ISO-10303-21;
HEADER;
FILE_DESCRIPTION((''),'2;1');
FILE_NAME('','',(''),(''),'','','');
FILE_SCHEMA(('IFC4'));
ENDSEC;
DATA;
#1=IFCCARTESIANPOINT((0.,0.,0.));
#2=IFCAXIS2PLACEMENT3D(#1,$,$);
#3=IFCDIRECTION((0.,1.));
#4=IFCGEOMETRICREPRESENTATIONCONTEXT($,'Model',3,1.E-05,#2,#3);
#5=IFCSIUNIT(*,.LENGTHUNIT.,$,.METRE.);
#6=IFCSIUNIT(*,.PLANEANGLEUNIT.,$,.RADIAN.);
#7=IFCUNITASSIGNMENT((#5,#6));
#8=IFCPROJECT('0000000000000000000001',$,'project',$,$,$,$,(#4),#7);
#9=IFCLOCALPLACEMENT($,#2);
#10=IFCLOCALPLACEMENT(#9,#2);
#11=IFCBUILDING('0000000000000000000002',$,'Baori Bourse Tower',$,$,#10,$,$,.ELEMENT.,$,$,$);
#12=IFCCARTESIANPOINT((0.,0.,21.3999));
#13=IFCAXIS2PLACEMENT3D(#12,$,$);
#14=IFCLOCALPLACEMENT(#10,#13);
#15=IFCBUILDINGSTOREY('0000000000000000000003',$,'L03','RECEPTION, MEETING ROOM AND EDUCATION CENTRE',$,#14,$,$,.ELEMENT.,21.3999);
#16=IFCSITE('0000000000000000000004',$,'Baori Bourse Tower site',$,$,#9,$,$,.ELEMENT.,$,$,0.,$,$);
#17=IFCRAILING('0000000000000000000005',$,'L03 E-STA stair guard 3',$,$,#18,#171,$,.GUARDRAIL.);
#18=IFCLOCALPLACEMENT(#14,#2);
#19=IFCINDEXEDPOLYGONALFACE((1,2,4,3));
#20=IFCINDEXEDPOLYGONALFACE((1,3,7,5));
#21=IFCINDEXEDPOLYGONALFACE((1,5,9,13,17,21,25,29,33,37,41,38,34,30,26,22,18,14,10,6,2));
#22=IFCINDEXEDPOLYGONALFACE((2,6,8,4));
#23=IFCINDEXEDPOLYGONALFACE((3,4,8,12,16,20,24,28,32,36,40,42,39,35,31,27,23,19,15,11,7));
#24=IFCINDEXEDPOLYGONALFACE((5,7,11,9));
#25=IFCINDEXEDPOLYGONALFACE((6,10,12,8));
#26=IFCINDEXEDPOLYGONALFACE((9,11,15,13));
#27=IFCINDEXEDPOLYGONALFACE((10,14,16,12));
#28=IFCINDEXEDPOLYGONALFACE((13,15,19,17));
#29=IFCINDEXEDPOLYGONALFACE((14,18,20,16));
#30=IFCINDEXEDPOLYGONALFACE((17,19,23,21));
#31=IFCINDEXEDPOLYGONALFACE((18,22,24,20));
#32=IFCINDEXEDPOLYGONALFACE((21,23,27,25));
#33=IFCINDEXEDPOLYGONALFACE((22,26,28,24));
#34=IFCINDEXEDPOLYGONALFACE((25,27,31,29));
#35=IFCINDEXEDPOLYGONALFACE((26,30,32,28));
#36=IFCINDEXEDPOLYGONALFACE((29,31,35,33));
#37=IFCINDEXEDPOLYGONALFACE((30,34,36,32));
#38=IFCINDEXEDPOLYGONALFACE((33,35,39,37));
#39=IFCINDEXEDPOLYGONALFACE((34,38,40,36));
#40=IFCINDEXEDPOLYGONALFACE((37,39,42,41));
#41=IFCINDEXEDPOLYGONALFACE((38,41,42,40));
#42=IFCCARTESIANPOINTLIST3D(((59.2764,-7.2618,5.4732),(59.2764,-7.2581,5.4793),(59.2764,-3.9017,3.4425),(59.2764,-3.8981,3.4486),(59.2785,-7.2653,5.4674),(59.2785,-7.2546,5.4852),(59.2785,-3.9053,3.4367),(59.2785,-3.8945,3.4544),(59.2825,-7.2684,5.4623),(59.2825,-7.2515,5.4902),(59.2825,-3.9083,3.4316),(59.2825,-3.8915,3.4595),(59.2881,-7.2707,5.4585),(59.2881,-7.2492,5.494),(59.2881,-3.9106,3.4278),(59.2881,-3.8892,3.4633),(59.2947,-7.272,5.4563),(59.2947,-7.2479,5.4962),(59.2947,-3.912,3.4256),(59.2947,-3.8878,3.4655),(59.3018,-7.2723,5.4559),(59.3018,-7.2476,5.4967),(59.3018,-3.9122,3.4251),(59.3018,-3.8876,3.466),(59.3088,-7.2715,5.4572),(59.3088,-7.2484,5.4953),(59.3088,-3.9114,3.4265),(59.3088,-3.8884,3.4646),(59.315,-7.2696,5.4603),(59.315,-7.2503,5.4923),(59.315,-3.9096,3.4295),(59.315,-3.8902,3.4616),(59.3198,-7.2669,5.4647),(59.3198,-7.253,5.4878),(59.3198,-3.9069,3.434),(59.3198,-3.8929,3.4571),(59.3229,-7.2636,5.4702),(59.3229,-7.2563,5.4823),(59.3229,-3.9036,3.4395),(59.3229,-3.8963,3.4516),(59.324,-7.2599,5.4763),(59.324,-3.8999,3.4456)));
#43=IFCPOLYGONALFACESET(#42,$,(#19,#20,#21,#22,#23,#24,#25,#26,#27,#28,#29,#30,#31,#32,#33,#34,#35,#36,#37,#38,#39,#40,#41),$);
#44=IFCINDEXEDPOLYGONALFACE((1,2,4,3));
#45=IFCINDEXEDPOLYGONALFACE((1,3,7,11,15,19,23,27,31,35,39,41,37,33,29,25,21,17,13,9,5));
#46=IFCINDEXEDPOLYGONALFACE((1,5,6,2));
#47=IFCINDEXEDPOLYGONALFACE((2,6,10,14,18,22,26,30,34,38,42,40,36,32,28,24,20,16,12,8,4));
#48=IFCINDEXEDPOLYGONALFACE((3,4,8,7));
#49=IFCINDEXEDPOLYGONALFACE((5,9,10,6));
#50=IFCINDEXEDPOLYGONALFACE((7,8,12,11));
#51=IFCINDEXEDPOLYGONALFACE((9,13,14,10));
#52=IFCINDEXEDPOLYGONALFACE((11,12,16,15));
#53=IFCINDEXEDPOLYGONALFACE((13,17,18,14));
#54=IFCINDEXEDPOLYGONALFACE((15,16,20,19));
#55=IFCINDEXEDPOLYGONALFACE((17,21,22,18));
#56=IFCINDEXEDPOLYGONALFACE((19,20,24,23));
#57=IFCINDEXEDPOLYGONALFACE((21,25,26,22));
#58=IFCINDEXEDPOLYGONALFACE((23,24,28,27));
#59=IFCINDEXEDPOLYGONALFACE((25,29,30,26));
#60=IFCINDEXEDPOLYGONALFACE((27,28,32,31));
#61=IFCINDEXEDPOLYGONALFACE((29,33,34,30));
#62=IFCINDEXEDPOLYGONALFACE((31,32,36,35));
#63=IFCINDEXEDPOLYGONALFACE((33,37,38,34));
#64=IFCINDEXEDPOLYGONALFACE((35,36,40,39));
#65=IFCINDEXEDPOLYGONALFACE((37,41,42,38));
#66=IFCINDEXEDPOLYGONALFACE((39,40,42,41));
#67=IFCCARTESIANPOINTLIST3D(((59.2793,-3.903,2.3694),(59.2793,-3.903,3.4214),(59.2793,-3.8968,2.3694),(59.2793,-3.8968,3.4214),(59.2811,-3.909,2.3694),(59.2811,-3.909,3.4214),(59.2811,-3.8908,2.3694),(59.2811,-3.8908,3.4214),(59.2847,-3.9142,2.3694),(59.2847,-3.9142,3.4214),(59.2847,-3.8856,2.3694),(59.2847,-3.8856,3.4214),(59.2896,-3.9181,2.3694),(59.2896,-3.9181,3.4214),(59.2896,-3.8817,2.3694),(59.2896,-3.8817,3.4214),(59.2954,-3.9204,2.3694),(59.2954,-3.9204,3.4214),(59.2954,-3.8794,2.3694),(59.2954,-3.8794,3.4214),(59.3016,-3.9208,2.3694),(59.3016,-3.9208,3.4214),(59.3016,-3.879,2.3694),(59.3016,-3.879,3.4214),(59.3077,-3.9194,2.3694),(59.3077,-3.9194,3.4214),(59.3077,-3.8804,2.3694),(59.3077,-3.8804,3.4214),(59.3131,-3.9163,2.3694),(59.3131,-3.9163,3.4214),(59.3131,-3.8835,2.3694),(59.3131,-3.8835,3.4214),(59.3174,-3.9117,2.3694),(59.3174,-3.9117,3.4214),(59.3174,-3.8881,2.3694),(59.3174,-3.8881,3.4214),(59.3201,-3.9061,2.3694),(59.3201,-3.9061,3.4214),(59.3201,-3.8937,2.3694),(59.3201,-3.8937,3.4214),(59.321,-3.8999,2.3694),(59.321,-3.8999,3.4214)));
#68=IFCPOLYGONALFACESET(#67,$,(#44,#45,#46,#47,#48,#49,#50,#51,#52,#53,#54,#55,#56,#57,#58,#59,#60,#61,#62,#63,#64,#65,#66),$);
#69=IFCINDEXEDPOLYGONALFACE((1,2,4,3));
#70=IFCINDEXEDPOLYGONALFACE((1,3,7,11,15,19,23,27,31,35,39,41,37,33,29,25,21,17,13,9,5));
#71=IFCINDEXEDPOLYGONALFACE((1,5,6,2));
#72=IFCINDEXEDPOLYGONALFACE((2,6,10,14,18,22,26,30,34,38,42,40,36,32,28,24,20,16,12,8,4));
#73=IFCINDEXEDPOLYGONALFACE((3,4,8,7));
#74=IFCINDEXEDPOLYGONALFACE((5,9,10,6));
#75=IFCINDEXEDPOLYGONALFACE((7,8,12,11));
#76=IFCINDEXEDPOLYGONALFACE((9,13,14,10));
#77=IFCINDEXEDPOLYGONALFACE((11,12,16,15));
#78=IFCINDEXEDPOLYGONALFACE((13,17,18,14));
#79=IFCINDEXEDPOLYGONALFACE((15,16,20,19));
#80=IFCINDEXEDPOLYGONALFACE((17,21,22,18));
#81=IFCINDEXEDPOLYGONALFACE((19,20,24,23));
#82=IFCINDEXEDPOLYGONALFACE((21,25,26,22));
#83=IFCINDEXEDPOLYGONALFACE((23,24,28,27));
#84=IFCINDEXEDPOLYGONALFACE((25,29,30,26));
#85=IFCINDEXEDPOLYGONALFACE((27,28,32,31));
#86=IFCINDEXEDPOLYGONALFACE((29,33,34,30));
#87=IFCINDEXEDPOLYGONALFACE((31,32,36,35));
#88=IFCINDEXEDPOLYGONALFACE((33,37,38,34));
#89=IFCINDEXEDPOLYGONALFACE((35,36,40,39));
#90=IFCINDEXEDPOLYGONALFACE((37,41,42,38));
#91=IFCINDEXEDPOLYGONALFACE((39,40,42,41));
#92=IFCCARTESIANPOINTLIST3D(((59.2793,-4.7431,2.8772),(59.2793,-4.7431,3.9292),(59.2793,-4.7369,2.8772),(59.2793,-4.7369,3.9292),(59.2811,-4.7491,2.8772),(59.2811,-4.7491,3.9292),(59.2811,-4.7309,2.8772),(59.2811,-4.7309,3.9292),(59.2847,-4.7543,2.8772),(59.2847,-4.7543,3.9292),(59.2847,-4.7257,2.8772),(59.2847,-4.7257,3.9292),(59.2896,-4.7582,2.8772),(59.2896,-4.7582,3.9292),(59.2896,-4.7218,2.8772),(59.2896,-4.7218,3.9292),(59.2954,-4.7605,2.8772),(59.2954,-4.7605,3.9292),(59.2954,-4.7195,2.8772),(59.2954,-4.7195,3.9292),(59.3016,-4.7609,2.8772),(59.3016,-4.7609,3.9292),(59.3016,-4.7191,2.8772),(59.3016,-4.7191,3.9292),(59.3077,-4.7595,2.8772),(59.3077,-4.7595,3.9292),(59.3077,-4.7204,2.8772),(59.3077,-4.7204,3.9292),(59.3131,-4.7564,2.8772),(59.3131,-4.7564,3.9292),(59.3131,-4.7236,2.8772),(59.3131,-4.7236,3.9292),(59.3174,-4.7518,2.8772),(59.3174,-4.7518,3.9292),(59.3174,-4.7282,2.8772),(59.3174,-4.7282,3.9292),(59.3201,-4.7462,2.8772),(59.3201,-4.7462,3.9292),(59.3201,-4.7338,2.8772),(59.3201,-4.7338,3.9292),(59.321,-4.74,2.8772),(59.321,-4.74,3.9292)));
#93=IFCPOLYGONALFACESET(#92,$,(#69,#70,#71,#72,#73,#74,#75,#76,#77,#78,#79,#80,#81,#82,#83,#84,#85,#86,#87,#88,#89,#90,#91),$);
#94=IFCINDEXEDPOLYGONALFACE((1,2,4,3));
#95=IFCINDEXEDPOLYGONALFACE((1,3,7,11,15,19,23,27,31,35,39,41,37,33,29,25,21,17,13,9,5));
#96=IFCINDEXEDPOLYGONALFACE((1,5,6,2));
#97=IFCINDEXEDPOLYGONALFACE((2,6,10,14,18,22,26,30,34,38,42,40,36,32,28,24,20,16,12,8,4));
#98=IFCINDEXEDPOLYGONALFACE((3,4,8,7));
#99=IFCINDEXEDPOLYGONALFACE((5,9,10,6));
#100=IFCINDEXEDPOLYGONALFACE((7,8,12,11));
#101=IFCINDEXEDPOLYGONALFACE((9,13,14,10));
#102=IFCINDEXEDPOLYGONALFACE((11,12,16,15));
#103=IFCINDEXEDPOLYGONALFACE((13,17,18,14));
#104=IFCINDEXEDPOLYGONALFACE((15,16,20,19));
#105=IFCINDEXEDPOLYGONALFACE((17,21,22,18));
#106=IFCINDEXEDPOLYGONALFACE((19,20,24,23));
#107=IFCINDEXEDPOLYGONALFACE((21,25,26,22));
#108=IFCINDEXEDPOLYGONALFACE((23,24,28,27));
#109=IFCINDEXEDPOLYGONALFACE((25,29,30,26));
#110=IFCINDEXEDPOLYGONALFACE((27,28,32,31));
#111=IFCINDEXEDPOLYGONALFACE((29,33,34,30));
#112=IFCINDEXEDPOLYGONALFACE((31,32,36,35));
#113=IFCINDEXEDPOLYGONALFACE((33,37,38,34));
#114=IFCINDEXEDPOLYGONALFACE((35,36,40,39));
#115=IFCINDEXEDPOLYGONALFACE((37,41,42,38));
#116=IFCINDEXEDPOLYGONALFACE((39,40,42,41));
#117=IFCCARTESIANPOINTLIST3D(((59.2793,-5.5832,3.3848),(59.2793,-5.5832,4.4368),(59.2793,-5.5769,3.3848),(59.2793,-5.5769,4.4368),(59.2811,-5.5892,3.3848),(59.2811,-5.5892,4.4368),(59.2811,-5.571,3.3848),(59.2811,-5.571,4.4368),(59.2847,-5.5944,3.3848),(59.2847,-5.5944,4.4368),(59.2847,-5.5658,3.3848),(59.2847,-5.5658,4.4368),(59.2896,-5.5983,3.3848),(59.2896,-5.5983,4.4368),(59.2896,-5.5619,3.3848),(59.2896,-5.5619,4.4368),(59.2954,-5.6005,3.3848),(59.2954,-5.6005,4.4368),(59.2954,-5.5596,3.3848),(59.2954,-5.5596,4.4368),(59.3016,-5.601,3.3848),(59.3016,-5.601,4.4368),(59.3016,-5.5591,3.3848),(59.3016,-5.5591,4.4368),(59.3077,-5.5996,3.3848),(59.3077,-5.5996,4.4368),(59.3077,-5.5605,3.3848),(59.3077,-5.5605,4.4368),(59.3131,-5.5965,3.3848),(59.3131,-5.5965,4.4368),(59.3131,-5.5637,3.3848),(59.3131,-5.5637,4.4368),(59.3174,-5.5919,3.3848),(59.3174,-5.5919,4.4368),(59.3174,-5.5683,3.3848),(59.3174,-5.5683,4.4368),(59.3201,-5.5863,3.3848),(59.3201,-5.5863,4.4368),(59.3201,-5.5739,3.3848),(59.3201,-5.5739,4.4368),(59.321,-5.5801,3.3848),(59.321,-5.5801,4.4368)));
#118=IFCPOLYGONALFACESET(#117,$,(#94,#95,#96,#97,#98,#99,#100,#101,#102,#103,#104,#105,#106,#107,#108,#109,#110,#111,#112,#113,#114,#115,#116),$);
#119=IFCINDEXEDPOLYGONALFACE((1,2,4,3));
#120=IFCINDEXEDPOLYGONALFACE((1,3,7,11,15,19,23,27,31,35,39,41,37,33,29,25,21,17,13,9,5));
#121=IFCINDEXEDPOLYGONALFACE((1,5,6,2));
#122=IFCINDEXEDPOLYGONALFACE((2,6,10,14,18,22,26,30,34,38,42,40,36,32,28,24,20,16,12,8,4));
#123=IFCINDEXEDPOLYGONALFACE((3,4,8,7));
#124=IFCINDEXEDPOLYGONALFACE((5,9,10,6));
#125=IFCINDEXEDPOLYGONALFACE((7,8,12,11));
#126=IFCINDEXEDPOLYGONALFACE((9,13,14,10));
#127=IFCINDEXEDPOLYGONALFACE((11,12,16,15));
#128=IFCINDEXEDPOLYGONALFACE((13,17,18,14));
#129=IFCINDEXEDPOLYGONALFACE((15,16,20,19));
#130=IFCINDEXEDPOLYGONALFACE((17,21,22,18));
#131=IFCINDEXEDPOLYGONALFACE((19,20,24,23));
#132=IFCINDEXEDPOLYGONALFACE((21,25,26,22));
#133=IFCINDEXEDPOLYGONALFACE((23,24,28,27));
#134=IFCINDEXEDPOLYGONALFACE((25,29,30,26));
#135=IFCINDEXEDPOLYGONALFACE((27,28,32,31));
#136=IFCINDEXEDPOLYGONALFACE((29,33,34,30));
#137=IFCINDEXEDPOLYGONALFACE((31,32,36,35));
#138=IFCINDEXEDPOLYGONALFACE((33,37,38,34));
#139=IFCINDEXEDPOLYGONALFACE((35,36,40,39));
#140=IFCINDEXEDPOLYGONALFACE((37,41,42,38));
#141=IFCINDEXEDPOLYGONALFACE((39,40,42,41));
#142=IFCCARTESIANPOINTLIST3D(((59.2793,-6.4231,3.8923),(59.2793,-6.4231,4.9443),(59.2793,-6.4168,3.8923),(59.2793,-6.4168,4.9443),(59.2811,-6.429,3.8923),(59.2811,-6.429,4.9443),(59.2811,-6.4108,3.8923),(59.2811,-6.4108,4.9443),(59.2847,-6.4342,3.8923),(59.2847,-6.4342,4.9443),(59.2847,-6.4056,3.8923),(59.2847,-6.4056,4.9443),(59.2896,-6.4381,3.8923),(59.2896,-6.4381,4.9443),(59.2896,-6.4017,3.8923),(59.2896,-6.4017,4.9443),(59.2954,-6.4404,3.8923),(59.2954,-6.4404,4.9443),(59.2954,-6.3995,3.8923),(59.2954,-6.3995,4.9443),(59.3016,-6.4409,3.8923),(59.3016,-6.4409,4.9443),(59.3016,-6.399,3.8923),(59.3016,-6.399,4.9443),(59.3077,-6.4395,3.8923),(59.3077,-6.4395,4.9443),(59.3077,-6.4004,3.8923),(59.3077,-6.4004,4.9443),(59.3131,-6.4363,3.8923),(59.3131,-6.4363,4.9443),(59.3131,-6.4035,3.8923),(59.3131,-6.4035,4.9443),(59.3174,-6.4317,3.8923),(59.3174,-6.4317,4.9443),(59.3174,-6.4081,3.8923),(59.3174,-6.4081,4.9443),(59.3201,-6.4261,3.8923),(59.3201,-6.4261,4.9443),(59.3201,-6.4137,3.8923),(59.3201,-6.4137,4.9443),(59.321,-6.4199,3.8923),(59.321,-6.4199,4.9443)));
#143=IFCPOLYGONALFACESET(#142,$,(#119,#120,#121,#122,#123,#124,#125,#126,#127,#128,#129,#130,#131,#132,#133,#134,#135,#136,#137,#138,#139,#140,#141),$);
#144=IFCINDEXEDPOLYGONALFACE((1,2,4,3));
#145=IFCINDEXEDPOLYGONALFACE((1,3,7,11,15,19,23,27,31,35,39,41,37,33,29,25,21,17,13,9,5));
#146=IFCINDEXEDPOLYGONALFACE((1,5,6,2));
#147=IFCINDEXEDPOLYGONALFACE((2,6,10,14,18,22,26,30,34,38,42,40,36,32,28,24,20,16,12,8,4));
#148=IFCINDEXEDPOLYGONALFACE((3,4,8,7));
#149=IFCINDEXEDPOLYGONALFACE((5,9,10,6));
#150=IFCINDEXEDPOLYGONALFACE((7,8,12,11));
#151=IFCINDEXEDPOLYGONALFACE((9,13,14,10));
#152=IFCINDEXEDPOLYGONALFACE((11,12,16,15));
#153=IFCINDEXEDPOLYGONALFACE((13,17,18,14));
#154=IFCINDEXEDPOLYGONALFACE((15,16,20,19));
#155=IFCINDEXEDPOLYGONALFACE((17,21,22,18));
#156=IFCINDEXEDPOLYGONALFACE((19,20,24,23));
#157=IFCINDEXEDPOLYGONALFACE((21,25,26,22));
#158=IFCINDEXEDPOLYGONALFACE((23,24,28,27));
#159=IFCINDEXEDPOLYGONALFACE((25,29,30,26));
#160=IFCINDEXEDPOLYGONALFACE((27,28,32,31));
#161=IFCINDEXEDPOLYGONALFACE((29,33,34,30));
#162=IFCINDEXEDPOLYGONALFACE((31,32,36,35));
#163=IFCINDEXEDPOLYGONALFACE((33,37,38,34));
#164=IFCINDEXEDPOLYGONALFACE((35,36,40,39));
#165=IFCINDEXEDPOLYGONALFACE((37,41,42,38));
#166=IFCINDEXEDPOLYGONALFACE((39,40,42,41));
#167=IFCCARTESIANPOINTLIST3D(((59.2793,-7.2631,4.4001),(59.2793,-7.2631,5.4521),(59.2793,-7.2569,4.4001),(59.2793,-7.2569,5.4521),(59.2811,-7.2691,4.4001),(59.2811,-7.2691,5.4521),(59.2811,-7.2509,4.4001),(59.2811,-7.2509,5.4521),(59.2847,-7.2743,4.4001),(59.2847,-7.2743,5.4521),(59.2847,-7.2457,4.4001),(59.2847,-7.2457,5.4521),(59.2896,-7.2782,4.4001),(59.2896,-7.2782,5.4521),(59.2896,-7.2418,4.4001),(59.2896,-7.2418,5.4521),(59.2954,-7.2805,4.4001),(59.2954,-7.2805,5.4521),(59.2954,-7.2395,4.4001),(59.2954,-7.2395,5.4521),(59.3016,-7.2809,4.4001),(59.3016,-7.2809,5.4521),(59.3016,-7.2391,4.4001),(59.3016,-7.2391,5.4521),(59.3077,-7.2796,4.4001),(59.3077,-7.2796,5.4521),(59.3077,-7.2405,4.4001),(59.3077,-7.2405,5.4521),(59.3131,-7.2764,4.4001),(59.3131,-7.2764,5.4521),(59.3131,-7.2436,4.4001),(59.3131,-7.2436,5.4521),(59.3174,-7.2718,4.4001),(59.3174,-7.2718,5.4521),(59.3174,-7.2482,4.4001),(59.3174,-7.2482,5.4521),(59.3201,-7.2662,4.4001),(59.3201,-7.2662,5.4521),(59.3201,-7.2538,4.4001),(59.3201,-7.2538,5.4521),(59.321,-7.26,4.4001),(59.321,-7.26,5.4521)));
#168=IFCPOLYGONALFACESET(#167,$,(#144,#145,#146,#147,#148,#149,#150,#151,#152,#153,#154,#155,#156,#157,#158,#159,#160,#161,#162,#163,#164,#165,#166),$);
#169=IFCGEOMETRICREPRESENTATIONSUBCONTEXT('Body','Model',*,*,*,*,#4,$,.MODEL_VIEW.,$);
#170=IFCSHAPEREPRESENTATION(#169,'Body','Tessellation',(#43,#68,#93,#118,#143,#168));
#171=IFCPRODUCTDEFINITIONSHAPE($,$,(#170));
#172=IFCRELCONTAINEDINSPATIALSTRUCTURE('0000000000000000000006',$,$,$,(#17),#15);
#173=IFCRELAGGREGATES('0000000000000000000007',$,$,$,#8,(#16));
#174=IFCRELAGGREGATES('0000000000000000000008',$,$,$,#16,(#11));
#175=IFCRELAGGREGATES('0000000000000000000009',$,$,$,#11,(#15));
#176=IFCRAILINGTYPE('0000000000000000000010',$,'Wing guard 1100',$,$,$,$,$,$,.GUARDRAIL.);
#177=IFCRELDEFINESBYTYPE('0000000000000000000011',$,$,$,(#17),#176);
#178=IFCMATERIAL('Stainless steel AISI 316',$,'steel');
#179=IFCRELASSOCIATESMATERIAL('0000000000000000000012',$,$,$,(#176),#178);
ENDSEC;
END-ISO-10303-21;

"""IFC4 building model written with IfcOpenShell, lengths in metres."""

from ifc_helpers import new_model, si_unit, direction, frame, origin, origin_2d, place, context, subcontext, project, spatial, circle, extrude, material, type_object, element, save


model = new_model("IFC4")

# Units and contexts
model_context = context("Model", 3, precision=1e-05, world=origin(), true_north=direction((0.0, 1.0)))
body_context = subcontext(model_context, "Body", "Model", "MODEL_VIEW")
ifc_project = project(units=[si_unit("LENGTHUNIT", "METRE"), si_unit("PLANEANGLEUNIT", "RADIAN")], contexts=[model_context])

# Site, building, storey
site_placement = place(None, origin())
site = spatial("IfcSite", under=ifc_project, at=site_placement, Name="Baori Bourse Tower site", CompositionType="ELEMENT", RefElevation=0.0)
building_placement = place(site_placement, origin())
building = spatial("IfcBuilding", under=site, at=building_placement, Name="Baori Bourse Tower", CompositionType="ELEMENT")
storey_placement = place(building_placement, frame((0.0, 0.0, 21.3999)))
storey = spatial("IfcBuildingStorey", under=building, at=storey_placement, Name="L03", Description="RECEPTION, MEETING ROOM AND EDUCATION CENTRE", CompositionType="ELEMENT", Elevation=21.3999)

# Railing
ifc_material_1 = material(Name="Stainless steel AISI 316", Category="steel")
railing_type_1 = type_object("IfcRailingType", Name="Wing guard 1100", PredefinedType="GUARDRAIL", material=ifc_material_1)
railing_1_placement = place(storey_placement, frame((59.3, -3.8999, 2.3694)))
element("IfcRailing", 1, at=railing_1_placement, inside=storey, type_object=railing_type_1, Name="L03 E-STA stair guard 3", PredefinedType="GUARDRAIL", context=body_context, shape_type="SweptSolid", body=[
    extrude(circle(Radius=0.0239, at=origin_2d()), frame((0.0, 0.0, 1.0762), z_axis=(0.0, -0.855837, 0.517246), x_axis=(1.0, 0.0, 0.0)), (0.0, 0.0, 1.0), 3.926),
    extrude(circle(Radius=0.021, at=origin_2d()), origin(), (0.0, 0.0, 1.0), 1.052),
    extrude(circle(Radius=0.021, at=origin_2d()), frame((0.0, -0.8401, 0.5078)), (0.0, 0.0, 1.0), 1.052),
    extrude(circle(Radius=0.021, at=origin_2d()), frame((0.0, -1.6802, 1.0154)), (0.0, 0.0, 1.0), 1.052),
    extrude(circle(Radius=0.021, at=origin_2d()), frame((0.0, -2.52, 1.5229)), (0.0, 0.0, 1.0), 1.052),
    extrude(circle(Radius=0.021, at=origin_2d()), frame((0.0, -3.3601, 2.0308)), (0.0, 0.0, 1.0), 1.052),
])

save(model, "model.ifc")
